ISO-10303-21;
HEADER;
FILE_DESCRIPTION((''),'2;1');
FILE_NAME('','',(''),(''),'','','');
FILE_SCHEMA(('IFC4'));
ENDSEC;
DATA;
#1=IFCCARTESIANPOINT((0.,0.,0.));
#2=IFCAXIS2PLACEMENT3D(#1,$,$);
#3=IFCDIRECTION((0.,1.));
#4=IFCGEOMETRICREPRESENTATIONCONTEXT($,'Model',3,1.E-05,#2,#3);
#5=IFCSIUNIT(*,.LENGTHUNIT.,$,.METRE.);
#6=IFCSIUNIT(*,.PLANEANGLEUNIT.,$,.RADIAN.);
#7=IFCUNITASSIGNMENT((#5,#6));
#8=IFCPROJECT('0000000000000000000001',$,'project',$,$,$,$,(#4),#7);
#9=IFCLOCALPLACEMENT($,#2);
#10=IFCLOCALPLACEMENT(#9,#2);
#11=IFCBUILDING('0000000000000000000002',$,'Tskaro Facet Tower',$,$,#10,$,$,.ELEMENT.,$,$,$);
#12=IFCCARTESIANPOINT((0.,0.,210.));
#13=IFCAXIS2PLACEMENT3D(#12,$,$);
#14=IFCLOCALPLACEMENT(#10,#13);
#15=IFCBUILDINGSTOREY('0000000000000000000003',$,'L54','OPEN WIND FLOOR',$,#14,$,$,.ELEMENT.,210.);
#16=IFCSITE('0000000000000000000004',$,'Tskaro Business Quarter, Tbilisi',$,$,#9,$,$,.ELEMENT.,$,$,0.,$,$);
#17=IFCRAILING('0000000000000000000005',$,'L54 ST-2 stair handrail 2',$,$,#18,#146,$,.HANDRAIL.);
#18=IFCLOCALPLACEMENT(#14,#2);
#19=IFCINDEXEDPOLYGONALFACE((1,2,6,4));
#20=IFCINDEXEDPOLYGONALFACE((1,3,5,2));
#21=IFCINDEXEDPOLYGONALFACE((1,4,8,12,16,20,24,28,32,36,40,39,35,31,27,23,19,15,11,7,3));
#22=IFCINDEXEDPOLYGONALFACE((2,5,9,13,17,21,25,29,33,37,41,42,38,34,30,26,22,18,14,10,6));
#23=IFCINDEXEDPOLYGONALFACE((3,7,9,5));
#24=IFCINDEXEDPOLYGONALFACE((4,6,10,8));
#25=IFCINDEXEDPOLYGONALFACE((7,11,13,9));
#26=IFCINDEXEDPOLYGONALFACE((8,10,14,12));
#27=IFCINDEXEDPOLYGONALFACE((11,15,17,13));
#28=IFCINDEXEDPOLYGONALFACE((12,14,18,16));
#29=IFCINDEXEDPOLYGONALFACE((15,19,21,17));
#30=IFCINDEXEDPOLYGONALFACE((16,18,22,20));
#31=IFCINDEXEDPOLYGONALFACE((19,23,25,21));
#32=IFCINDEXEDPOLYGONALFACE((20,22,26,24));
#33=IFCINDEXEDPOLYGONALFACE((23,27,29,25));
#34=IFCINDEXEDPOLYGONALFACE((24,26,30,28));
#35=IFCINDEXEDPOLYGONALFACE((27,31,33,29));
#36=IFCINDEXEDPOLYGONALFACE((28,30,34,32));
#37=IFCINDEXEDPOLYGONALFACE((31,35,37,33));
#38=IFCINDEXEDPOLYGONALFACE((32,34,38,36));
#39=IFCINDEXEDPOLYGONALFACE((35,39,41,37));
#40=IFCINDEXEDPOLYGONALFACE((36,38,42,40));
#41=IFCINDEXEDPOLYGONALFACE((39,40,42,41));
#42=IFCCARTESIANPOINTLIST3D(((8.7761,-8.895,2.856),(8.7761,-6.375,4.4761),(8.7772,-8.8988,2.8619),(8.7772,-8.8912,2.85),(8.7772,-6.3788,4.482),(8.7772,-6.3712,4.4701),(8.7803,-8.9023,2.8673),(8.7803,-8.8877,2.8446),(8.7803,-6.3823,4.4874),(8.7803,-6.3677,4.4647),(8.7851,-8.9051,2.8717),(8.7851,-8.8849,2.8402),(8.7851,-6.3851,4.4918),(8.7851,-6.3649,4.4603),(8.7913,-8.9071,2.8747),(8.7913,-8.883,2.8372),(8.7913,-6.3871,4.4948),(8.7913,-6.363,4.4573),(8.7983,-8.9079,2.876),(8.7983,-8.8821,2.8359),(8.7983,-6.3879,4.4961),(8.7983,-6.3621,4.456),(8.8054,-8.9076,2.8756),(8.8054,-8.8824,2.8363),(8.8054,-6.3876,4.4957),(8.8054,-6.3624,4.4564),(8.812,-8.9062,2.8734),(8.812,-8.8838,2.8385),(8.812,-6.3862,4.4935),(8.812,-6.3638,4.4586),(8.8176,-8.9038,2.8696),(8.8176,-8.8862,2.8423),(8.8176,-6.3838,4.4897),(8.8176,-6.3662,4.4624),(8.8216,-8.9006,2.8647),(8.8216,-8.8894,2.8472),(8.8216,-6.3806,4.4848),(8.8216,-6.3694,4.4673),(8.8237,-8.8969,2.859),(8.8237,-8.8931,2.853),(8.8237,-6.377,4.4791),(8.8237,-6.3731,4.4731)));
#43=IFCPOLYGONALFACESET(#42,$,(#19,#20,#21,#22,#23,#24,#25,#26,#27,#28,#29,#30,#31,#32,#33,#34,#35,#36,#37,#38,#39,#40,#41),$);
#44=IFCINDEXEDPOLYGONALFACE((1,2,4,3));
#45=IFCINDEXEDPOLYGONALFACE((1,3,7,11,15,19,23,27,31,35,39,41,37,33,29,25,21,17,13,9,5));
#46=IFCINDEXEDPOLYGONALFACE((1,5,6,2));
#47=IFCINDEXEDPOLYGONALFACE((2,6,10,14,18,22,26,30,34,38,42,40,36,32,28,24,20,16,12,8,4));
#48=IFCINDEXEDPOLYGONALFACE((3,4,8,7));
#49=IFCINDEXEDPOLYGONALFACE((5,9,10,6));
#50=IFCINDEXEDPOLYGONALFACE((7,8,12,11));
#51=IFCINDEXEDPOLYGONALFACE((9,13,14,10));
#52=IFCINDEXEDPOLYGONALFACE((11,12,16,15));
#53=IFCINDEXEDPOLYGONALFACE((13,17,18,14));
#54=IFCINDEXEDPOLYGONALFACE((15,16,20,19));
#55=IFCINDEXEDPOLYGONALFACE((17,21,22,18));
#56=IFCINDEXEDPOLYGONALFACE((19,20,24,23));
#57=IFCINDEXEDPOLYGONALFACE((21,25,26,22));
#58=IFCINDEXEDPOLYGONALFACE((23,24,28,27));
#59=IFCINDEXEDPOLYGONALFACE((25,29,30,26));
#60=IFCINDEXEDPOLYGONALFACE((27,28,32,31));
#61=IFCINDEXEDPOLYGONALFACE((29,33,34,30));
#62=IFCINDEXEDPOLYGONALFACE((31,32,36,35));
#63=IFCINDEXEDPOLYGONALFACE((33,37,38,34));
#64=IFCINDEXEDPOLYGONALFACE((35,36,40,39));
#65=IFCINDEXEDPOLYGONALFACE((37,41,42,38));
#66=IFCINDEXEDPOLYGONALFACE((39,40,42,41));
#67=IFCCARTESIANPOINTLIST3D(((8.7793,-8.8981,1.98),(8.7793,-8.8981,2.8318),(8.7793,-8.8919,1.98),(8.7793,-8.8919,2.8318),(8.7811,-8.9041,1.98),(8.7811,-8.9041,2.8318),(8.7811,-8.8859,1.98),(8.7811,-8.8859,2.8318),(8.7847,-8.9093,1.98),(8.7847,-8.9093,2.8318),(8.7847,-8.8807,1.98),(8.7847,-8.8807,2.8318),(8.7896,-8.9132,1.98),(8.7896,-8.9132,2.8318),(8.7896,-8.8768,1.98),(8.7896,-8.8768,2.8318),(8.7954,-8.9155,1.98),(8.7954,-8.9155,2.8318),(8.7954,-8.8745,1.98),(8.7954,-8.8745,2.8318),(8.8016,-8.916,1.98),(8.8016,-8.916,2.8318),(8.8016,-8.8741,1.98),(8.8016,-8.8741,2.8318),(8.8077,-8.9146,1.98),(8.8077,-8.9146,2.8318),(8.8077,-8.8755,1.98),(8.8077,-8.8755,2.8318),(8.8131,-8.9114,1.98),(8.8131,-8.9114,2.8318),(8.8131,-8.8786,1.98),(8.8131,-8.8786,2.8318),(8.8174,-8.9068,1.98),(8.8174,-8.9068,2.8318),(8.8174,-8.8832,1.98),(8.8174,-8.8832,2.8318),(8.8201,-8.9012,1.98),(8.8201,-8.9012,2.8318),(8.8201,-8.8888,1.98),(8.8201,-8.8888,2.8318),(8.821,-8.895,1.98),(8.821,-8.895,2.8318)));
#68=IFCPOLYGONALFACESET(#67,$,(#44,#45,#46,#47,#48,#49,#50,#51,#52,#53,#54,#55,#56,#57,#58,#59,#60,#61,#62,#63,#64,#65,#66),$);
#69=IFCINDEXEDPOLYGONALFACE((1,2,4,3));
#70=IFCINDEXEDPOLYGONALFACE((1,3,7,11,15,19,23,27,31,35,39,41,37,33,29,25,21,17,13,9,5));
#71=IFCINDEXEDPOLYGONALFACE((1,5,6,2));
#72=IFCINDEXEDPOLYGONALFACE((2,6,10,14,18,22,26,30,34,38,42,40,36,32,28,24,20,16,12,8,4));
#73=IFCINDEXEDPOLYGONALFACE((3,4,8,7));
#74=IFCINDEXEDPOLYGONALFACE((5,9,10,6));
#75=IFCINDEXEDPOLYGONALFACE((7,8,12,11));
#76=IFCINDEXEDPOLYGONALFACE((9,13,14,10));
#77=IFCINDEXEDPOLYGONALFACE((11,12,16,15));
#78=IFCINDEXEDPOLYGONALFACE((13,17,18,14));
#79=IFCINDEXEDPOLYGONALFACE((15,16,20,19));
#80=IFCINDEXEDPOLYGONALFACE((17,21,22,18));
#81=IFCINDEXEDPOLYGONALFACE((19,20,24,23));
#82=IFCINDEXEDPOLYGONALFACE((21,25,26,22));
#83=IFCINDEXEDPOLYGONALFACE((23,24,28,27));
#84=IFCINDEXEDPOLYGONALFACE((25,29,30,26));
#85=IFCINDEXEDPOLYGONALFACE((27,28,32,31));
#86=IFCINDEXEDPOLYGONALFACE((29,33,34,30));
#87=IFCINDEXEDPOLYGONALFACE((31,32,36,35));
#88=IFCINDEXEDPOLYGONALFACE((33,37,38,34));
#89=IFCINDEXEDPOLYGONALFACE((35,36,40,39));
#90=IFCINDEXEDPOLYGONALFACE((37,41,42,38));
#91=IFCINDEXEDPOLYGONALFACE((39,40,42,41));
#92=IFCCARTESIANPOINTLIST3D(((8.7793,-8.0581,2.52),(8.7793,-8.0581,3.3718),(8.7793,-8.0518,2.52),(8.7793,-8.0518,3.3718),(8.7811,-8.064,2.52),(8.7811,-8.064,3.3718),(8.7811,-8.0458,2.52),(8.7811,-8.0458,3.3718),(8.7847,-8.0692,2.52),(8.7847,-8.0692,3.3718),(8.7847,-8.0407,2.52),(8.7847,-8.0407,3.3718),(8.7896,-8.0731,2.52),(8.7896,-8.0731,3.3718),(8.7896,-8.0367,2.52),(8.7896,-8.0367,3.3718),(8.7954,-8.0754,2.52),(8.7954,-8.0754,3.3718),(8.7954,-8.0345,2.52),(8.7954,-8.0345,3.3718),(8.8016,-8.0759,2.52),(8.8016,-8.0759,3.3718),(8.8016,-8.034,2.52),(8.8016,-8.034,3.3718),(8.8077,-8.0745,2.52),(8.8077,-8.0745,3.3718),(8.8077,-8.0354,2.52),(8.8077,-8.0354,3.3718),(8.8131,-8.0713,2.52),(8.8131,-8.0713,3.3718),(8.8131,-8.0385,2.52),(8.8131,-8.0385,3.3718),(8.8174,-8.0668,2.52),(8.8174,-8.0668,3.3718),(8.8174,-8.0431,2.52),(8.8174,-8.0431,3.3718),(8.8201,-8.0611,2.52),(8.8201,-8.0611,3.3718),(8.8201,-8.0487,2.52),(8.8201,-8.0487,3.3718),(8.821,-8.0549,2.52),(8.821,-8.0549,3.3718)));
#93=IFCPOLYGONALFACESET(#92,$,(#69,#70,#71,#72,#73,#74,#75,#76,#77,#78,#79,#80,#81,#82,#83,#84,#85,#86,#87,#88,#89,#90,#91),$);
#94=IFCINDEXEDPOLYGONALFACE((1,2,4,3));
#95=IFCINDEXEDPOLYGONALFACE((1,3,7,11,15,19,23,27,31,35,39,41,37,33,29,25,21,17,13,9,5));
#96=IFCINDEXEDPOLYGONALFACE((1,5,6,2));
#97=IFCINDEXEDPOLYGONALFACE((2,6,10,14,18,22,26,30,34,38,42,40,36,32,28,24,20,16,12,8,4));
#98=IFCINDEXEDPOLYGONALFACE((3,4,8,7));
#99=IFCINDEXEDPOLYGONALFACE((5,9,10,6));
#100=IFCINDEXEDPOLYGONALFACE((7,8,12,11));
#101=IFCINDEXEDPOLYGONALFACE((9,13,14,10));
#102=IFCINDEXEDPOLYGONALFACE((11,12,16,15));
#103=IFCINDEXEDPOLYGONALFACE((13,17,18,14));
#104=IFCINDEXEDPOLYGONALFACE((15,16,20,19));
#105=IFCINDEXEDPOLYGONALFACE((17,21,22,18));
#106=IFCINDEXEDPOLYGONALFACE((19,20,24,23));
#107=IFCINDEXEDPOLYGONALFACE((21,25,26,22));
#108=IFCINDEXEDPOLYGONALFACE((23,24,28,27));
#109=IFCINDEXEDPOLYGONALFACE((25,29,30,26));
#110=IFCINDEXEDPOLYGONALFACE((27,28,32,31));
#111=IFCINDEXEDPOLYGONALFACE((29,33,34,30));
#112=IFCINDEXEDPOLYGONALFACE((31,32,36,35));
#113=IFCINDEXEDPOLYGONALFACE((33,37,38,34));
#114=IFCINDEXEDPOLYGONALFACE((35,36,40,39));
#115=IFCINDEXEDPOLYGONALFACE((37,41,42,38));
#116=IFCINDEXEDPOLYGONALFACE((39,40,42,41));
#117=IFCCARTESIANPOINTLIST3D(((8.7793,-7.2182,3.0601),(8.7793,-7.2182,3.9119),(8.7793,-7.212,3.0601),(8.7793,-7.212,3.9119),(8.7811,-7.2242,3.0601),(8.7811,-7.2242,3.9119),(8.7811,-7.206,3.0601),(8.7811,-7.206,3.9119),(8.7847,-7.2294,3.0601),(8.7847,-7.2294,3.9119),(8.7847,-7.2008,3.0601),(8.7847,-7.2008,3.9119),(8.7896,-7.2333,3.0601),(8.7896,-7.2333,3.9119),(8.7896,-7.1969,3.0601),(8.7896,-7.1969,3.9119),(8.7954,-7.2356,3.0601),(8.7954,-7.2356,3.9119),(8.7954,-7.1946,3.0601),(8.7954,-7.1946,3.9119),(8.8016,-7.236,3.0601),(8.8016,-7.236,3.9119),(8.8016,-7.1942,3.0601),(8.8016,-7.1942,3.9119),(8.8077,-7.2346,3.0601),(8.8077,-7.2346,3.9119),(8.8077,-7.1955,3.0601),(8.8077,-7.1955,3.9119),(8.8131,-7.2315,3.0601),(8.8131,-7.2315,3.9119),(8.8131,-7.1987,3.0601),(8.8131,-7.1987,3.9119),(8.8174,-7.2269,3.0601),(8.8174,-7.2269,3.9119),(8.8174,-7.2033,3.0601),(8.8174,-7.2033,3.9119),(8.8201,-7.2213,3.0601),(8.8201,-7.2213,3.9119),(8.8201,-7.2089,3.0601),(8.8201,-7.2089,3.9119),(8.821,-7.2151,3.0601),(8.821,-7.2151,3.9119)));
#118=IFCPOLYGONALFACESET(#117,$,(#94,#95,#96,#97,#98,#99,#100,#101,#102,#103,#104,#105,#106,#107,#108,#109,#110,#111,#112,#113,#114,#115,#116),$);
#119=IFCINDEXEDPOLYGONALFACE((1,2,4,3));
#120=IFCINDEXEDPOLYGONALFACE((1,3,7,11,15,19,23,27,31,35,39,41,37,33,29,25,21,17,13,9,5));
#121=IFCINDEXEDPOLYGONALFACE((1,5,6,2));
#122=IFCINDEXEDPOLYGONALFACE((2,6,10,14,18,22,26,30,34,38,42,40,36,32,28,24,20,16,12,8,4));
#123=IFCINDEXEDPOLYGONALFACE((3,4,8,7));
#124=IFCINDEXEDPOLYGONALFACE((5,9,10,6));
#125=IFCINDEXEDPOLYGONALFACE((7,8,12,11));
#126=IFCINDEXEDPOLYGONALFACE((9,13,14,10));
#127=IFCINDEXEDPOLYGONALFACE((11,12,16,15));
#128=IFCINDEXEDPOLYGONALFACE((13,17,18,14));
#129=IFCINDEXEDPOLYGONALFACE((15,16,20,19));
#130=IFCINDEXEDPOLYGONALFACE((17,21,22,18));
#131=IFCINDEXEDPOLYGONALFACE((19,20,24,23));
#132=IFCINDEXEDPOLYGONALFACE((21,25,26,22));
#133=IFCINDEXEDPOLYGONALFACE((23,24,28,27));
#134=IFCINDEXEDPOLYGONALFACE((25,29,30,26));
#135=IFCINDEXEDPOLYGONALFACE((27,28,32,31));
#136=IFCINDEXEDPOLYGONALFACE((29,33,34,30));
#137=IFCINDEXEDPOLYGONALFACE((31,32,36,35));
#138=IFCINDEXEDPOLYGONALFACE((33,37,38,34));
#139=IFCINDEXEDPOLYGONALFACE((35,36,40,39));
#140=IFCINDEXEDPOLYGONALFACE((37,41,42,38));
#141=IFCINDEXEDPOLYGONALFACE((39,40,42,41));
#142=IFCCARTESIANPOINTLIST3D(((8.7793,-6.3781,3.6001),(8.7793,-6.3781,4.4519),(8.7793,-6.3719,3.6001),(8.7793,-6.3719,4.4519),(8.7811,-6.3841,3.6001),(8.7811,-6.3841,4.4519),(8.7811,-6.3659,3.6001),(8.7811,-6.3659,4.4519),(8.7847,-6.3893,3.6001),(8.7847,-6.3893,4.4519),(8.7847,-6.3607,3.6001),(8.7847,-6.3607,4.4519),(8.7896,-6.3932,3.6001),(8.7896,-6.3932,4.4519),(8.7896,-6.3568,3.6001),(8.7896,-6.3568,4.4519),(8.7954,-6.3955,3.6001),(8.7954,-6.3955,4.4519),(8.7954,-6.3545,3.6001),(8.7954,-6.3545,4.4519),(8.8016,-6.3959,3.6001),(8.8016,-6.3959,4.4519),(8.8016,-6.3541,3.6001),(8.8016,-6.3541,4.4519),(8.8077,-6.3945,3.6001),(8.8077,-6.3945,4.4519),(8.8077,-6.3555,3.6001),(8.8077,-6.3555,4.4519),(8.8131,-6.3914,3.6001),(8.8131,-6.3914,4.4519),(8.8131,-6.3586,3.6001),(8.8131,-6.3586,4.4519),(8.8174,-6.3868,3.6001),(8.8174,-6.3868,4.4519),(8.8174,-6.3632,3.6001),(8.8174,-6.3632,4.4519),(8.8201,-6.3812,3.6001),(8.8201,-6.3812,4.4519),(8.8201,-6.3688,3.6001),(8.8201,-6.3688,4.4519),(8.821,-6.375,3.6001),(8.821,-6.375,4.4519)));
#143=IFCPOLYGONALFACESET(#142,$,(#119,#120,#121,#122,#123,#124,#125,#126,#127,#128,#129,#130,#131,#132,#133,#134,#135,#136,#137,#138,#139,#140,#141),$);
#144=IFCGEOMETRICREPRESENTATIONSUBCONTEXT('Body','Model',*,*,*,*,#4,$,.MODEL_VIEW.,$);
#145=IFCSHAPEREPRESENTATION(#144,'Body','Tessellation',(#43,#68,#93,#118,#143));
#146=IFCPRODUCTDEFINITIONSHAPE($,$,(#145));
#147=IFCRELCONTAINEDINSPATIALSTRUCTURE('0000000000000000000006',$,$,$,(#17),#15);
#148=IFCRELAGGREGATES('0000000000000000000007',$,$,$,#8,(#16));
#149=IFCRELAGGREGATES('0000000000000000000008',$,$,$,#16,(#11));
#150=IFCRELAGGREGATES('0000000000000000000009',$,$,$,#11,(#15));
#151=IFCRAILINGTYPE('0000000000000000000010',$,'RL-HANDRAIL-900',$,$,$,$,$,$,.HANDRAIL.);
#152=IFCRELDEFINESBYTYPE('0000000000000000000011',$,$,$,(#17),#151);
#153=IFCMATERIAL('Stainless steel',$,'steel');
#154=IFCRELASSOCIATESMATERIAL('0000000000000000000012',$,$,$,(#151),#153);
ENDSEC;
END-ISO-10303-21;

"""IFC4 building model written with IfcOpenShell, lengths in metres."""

from ifc_helpers import new_model, si_unit, direction, frame, origin, origin_2d, place, context, subcontext, project, spatial, circle, extrude, material, type_object, element, save


model = new_model("IFC4")

# Units and contexts
model_context = context("Model", 3, precision=1e-05, world=origin(), true_north=direction((0.0, 1.0)))
body_context = subcontext(model_context, "Body", "Model", "MODEL_VIEW")
ifc_project = project(units=[si_unit("LENGTHUNIT", "METRE"), si_unit("PLANEANGLEUNIT", "RADIAN")], contexts=[model_context])

# Site, building, storey
site_placement = place(None, origin())
site = spatial("IfcSite", under=ifc_project, at=site_placement, Name="Tskaro Business Quarter, Tbilisi", CompositionType="ELEMENT", RefElevation=0.0)
building_placement = place(site_placement, origin())
building = spatial("IfcBuilding", under=site, at=building_placement, Name="Tskaro Facet Tower", CompositionType="ELEMENT")
storey_placement = place(building_placement, frame((0.0, 0.0, 210.0)))
storey = spatial("IfcBuildingStorey", under=building, at=storey_placement, Name="L54", Description="OPEN WIND FLOOR", CompositionType="ELEMENT", Elevation=210.0)

# Railing
ifc_material_1 = material(Name="Stainless steel", Category="steel")
railing_type_1 = type_object("IfcRailingType", Name="RL-HANDRAIL-900", PredefinedType="HANDRAIL", material=ifc_material_1)
railing_1_placement = place(storey_placement, frame((8.8, -8.895, 1.98)))
element("IfcRailing", 1, at=railing_1_placement, inside=storey, type_object=railing_type_1, Name="L54 ST-2 stair handrail 2", PredefinedType="HANDRAIL", context=body_context, shape_type="SweptSolid", body=[
    extrude(circle(Radius=0.0239, at=origin_2d()), frame((0.0, 0.0, 0.876), z_axis=(0.0, 0.841163, 0.540782), x_axis=(-1.0, 0.0, 0.0)), (0.0, 0.0, 1.0), 2.9958),
    extrude(circle(Radius=0.021, at=origin_2d()), origin(), (0.0, 0.0, 1.0), 0.8518),
    extrude(circle(Radius=0.021, at=origin_2d()), frame((0.0, 0.8401, 0.54)), (0.0, 0.0, 1.0), 0.8518),
    extrude(circle(Radius=0.021, at=origin_2d()), frame((0.0, 1.6799, 1.0801)), (0.0, 0.0, 1.0), 0.8518),
    extrude(circle(Radius=0.021, at=origin_2d()), frame((0.0, 2.52, 1.6201)), (0.0, 0.0, 1.0), 0.8518),
])

save(model, "model.ifc")
